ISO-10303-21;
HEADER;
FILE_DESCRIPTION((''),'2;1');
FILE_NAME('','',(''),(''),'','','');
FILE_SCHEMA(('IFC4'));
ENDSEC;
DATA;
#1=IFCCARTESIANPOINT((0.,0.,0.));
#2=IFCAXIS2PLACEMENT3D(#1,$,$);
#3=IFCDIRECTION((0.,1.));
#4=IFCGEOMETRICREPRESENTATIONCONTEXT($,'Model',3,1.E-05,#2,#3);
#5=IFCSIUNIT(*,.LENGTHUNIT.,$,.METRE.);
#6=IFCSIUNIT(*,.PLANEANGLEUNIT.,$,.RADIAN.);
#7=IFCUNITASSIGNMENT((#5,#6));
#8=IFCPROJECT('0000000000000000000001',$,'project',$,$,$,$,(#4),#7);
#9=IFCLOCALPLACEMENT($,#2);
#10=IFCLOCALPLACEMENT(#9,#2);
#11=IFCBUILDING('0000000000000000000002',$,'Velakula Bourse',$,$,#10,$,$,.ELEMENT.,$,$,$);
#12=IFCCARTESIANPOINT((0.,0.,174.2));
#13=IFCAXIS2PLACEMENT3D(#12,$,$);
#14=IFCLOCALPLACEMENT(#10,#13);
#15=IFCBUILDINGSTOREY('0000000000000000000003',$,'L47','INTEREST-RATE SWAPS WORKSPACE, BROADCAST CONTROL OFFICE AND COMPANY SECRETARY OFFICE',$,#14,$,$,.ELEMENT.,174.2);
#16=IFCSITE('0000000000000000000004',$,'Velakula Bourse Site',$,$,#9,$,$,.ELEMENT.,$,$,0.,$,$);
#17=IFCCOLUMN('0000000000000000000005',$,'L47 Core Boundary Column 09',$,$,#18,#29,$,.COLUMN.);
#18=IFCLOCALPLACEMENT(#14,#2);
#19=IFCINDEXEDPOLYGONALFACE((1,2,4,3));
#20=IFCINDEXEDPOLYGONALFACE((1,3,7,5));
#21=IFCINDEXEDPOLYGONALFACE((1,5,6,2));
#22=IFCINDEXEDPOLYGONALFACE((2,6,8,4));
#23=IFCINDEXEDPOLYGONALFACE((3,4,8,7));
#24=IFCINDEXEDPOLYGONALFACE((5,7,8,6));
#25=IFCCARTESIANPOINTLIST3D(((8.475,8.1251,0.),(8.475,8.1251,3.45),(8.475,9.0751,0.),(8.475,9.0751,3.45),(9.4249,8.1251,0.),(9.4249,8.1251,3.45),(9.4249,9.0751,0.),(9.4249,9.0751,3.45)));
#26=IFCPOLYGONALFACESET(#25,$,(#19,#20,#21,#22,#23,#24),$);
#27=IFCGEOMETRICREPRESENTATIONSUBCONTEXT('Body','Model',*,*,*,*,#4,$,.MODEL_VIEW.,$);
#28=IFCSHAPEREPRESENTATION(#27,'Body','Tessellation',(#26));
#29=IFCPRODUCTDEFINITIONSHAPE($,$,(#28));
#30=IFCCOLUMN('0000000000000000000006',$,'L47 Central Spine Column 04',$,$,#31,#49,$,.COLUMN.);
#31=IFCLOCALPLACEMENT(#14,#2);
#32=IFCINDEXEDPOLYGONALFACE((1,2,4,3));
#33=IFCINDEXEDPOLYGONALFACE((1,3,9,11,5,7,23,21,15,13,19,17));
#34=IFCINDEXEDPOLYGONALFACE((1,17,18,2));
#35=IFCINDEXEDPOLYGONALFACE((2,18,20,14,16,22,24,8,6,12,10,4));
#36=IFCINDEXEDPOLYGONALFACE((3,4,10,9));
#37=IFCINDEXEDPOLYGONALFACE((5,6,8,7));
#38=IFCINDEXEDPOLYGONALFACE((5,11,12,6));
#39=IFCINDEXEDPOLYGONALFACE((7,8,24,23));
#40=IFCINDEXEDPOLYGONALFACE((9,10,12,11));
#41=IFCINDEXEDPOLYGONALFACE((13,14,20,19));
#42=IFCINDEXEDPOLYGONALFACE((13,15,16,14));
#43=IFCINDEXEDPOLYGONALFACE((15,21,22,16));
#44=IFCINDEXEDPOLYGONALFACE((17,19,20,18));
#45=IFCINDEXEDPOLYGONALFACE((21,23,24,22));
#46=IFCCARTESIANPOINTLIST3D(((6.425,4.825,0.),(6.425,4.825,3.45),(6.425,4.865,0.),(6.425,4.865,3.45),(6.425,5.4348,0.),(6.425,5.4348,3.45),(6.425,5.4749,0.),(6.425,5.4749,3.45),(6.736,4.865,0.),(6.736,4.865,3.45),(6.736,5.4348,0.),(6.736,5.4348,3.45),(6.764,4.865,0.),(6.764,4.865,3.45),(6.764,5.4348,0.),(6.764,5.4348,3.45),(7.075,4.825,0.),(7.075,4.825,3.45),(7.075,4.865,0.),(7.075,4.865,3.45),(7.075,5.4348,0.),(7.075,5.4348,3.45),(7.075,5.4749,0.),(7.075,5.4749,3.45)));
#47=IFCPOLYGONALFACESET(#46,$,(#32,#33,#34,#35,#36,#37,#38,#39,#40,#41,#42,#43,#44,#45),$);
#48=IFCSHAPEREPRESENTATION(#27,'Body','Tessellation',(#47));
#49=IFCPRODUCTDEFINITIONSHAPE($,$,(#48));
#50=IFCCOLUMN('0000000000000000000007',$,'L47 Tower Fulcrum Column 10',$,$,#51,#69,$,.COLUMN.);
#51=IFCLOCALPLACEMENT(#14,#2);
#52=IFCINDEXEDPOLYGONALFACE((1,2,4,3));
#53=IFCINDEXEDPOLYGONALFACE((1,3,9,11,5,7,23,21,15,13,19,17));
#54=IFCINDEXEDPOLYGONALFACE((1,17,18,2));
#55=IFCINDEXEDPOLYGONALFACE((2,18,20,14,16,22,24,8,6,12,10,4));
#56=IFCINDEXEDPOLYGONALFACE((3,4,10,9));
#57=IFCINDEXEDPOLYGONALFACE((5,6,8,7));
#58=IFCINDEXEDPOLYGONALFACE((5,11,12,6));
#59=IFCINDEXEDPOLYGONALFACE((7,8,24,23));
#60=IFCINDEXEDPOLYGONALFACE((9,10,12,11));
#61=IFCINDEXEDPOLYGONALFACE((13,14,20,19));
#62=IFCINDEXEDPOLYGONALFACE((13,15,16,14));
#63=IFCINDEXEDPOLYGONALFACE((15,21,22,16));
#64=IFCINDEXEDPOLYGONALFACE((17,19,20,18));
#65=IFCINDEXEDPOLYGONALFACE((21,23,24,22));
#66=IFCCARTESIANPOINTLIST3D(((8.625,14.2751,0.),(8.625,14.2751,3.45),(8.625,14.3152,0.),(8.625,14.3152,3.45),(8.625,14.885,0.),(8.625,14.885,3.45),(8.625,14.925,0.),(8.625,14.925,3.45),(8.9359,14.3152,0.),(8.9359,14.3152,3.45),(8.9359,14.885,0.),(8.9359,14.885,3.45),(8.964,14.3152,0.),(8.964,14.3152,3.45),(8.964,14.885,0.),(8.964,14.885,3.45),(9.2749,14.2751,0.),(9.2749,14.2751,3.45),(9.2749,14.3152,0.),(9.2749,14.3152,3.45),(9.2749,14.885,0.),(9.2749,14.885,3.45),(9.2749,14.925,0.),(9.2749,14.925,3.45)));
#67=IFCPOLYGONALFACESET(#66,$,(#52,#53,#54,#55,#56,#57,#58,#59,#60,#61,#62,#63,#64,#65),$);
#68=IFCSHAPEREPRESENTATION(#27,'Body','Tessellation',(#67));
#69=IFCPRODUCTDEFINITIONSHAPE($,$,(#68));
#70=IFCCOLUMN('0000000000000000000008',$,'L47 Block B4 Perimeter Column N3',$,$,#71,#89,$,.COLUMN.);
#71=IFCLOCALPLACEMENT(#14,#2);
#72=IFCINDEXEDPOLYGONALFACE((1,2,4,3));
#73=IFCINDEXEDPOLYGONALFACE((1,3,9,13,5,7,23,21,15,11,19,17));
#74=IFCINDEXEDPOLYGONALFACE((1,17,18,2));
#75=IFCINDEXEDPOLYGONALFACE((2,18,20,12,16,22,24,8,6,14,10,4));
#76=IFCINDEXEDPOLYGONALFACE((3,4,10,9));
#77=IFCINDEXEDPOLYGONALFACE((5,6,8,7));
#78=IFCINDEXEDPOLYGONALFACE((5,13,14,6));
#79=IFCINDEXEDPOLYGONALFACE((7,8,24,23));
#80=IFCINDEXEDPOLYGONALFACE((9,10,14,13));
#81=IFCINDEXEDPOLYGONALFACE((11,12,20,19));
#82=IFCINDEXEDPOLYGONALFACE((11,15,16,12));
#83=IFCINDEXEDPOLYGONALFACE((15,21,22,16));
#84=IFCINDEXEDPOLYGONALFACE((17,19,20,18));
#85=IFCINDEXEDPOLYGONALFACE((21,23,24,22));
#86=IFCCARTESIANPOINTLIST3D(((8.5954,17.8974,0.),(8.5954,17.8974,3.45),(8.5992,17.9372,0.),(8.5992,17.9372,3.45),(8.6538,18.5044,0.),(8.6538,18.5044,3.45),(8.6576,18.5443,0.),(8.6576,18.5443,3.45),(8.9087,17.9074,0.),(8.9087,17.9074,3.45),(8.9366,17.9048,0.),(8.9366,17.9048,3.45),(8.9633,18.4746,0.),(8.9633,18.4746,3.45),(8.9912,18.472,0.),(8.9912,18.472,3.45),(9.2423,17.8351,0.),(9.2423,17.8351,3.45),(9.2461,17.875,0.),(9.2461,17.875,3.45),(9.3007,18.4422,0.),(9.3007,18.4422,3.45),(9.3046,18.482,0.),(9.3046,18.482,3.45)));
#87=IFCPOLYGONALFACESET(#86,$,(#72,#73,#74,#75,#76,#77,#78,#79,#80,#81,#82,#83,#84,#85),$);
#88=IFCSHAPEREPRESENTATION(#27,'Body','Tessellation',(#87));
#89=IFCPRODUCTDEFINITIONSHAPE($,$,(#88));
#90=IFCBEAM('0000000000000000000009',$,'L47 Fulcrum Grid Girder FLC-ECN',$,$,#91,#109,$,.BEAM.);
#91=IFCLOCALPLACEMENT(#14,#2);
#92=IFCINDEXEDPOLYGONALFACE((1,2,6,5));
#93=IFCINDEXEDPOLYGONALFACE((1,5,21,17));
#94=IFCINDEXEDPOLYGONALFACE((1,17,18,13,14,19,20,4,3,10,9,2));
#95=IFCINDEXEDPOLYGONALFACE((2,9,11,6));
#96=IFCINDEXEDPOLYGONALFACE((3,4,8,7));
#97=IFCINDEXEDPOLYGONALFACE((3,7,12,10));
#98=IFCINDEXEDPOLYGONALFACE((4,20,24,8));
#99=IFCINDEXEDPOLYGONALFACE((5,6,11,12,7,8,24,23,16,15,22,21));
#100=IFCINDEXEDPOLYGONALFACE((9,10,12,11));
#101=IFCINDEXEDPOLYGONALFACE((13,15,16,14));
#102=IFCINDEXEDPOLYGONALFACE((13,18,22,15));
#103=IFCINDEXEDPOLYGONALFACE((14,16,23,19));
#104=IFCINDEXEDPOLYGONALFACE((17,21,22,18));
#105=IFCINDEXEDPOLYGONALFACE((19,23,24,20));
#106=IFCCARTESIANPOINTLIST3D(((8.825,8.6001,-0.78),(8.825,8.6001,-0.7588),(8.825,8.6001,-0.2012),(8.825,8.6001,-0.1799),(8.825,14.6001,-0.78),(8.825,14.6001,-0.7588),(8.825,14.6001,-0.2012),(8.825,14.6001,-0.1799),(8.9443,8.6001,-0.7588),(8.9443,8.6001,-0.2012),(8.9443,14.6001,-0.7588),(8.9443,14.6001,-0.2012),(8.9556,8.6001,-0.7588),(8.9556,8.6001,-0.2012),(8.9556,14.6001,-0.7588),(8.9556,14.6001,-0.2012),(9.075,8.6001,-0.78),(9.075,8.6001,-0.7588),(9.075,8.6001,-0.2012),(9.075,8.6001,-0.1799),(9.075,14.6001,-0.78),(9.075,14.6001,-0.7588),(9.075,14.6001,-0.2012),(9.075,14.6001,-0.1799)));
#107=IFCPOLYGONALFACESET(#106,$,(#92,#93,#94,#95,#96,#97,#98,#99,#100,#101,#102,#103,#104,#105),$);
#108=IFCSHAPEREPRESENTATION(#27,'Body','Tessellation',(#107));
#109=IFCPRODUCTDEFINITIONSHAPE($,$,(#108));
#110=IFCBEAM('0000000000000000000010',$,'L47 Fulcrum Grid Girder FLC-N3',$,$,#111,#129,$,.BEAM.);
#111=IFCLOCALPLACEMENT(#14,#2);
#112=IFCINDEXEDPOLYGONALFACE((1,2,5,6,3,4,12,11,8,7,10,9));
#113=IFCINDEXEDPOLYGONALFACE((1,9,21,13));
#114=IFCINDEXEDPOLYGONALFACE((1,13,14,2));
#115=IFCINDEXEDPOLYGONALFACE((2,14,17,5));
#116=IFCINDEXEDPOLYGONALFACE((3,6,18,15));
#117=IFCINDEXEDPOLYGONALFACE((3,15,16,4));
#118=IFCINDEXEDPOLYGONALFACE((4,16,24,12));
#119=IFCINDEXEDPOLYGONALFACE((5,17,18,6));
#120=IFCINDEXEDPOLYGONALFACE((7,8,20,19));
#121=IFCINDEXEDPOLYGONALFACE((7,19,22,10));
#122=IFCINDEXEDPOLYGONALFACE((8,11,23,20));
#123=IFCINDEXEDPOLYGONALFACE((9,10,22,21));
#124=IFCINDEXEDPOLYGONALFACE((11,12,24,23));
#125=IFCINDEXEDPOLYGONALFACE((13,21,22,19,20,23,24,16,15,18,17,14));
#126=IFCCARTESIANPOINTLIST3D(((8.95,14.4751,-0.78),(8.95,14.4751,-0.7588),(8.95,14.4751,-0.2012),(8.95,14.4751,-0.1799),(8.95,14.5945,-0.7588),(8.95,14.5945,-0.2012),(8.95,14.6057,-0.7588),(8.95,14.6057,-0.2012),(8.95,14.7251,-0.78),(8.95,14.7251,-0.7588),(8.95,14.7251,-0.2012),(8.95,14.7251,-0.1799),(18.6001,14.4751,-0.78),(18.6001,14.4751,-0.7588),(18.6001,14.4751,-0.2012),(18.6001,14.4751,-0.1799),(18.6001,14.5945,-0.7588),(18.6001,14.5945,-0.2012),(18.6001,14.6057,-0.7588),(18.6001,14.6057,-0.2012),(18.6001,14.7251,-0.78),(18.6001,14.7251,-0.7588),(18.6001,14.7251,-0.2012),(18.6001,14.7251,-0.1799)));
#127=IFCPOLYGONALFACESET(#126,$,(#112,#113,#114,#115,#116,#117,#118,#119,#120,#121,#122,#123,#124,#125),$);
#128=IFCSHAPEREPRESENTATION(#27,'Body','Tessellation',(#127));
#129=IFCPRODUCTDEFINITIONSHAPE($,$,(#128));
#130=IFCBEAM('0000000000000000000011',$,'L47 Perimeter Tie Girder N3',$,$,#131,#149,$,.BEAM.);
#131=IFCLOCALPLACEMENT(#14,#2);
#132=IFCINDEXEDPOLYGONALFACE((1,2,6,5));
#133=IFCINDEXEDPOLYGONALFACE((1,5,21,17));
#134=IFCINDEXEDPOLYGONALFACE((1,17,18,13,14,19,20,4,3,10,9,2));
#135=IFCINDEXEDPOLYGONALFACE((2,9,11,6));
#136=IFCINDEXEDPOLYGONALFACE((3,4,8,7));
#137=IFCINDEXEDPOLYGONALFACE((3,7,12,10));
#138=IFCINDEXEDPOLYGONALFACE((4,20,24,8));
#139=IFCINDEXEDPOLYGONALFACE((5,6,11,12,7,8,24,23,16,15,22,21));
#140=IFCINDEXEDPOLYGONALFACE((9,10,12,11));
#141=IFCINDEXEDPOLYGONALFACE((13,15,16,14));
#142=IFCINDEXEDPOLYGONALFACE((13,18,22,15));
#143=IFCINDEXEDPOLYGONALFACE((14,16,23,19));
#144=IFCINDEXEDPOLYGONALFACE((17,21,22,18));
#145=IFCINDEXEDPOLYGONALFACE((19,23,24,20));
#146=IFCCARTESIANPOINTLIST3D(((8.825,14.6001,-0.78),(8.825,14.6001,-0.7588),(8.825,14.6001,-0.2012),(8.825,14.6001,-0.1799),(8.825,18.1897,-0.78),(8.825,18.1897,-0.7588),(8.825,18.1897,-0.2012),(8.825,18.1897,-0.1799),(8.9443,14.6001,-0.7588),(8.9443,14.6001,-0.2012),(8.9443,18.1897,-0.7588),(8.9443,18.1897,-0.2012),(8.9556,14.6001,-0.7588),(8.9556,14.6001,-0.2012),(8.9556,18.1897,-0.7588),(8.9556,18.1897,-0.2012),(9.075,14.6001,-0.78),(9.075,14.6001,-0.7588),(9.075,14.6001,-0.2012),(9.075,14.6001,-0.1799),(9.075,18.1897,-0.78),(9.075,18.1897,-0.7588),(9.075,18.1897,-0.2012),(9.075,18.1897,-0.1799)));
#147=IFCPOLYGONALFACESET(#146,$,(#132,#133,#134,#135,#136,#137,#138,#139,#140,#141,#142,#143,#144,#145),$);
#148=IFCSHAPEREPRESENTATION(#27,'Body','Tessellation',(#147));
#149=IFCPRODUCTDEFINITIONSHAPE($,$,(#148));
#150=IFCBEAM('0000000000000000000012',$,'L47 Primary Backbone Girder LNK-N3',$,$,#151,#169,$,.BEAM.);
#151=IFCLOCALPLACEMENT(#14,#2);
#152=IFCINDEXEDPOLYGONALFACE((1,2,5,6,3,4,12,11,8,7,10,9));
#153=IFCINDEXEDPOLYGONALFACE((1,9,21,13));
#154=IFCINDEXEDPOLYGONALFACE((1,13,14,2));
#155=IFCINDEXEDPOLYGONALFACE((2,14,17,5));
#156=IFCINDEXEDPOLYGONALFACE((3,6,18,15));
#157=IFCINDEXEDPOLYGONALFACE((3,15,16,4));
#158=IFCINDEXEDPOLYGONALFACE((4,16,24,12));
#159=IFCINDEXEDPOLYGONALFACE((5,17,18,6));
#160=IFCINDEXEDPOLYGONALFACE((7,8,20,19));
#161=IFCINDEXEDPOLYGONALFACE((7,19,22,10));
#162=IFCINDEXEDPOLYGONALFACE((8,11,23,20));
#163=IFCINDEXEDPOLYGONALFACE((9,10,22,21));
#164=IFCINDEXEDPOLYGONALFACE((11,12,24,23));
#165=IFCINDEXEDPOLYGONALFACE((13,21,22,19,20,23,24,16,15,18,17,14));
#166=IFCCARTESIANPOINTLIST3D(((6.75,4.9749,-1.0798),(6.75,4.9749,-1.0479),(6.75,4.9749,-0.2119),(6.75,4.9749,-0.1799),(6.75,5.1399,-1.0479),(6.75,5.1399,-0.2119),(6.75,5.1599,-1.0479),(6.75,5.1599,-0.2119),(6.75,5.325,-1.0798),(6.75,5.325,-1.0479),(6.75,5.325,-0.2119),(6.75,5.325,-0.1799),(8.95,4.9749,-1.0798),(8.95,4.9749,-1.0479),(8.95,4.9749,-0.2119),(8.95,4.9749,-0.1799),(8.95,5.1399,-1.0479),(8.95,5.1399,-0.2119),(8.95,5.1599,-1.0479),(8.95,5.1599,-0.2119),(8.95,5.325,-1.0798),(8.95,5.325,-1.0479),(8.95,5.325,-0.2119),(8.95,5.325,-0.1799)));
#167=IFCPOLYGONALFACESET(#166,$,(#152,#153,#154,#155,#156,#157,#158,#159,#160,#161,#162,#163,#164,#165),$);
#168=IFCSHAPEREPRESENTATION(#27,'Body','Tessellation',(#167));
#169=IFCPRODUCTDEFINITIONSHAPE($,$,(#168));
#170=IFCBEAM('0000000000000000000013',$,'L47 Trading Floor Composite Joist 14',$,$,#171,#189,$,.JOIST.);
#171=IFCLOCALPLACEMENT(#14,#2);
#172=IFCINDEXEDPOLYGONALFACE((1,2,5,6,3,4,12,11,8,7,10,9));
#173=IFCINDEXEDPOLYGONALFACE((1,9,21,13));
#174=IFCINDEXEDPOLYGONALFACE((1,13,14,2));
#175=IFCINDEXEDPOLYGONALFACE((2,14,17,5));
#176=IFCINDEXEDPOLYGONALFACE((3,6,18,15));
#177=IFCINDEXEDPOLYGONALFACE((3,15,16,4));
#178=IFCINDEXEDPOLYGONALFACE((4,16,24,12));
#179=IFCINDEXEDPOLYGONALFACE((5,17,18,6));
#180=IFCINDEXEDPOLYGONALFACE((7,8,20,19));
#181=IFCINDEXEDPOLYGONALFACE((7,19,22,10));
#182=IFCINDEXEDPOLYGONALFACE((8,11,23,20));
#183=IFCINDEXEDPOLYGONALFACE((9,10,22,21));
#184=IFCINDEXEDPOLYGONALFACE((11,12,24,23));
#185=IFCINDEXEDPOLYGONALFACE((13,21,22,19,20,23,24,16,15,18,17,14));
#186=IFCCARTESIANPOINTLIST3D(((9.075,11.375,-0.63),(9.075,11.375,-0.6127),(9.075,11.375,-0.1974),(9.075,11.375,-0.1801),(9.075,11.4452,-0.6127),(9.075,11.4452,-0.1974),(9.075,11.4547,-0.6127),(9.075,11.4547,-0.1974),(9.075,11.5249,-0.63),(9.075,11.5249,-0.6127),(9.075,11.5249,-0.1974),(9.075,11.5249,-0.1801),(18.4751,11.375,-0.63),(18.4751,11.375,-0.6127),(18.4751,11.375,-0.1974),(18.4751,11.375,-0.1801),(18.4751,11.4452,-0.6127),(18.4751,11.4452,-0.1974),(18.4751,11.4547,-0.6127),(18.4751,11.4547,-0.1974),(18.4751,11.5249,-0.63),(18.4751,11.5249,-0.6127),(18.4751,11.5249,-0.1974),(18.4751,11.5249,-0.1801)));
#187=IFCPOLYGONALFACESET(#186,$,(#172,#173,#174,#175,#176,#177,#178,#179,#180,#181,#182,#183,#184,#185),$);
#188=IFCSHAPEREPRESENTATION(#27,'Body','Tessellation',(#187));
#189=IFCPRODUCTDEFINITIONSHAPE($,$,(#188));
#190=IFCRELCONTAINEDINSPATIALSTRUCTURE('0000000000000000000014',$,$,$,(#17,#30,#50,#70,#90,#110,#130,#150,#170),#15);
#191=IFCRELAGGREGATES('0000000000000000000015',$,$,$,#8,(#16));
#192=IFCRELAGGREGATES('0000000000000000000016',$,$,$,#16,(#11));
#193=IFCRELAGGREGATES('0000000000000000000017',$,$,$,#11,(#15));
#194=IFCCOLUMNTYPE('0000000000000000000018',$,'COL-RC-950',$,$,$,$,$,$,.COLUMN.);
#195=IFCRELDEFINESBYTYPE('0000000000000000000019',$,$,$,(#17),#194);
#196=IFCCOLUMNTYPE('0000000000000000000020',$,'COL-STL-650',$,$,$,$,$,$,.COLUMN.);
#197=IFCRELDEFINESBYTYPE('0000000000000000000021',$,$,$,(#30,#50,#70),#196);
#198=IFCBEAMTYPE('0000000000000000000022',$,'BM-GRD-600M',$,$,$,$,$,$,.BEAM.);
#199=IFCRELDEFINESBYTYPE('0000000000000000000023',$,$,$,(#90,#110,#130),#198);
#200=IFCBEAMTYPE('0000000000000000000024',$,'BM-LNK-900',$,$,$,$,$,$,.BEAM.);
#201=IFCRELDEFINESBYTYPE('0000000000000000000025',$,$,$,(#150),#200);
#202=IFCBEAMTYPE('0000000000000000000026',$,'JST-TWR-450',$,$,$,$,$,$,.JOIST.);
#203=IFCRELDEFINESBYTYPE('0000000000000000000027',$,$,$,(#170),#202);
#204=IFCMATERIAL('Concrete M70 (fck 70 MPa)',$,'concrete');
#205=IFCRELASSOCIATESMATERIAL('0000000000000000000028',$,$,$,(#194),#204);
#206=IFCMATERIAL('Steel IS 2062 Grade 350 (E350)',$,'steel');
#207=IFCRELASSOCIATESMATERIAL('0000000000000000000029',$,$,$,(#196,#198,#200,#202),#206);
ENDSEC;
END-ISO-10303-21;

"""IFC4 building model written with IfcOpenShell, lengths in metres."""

from ifc_helpers import new_model, si_unit, direction, frame, origin, origin_2d, place, context, subcontext, project, spatial, rectangle, i_section, extrude, material, material_profile, profile_set, type_object, element, save


model = new_model("IFC4")

# Units and contexts
model_context = context("Model", 3, precision=1e-05, world=origin(), true_north=direction((0.0, 1.0)))
body_context = subcontext(model_context, "Body", "Model", "MODEL_VIEW")
ifc_project = project(units=[si_unit("LENGTHUNIT", "METRE"), si_unit("PLANEANGLEUNIT", "RADIAN")], contexts=[model_context])

# Site, building, storey
site_placement = place(None, origin())
site = spatial("IfcSite", under=ifc_project, at=site_placement, Name="Velakula Bourse Site", CompositionType="ELEMENT", RefElevation=0.0)
building_placement = place(site_placement, origin())
building = spatial("IfcBuilding", under=site, at=building_placement, Name="Velakula Bourse", CompositionType="ELEMENT")
storey_placement = place(building_placement, frame((0.0, 0.0, 174.2)))
storey = spatial("IfcBuildingStorey", under=building, at=storey_placement, Name="L47", Description="INTEREST-RATE SWAPS WORKSPACE, BROADCAST CONTROL OFFICE AND COMPANY SECRETARY OFFICE", CompositionType="ELEMENT", Elevation=174.2)

# Columns
ifc_material_1 = material(Name="Concrete M70 (fck 70 MPa)", Category="concrete")
ifc_material_profile_1 = material_profile(ifc_material_1, rectangle(XDim=0.95, YDim=0.95, at=origin_2d()), Name="Concrete M70 (fck 70 MPa)")
ifc_profile_set_1 = profile_set([ifc_material_profile_1], Name="Concrete M70 (fck 70 MPa)")
column_type_1 = type_object("IfcColumnType", Name="COL-RC-950", PredefinedType="COLUMN", material=ifc_profile_set_1)
column_placement = place(storey_placement, frame((8.95, 8.6001, 0.0), z_axis=(0.0, 0.0, 1.0), x_axis=(1.0, 0.0, 0.0)))
element("IfcColumn", 1, at=column_placement, inside=storey, type_object=column_type_1, Name="L47 Core Boundary Column 09", PredefinedType="COLUMN", context=body_context, shape_type="SweptSolid", body=[
    extrude(rectangle(XDim=0.95, YDim=0.95, at=origin_2d()), origin(), (0.0, 0.0, 1.0), 3.45),
])
ifc_material_2 = material(Name="Steel IS 2062 Grade 350 (E350)", Category="steel")
ifc_material_profile_2 = material_profile(ifc_material_2, i_section(OverallWidth=0.6499, OverallDepth=0.6499, WebThickness=0.0281, FlangeThickness=0.04, at=origin_2d()), Name="Steel IS 2062 Grade 350 (E350)")
ifc_profile_set_2 = profile_set([ifc_material_profile_2], Name="Steel IS 2062 Grade 350 (E350)")
column_type_2 = type_object("IfcColumnType", Name="COL-STL-650", PredefinedType="COLUMN", material=ifc_profile_set_2)
for number, where, z_axis, x_axis, name in (
    (2, (6.75, 5.1499, 0.0), (0.0, 0.0, 1.0), (1.0, 0.0, 0.0), "L47 Central Spine Column 04"),
    (3, (8.95, 14.6001, 0.0), (0.0, 0.0, 1.0), (1.0, 0.0, 0.0), "L47 Tower Fulcrum Column 10"),
    (4, (8.95, 18.1897, 0.0), (0.0, 0.0, 1.0), (0.995396, -0.095846, 0.0), "L47 Block B4 Perimeter Column N3"),
):
    element("IfcColumn", number, at=place(storey_placement, frame(where, z_axis=z_axis, x_axis=x_axis)), inside=storey, type_object=column_type_2, Name=name, PredefinedType="COLUMN", context=body_context, shape_type="SweptSolid", body=[
        extrude(i_section(OverallWidth=0.6499, OverallDepth=0.6499, WebThickness=0.0281, FlangeThickness=0.04, at=origin_2d()), origin(), (0.0, 0.0, 1.0), 3.45),
    ])

# Beams
ifc_material_profile_3 = material_profile(ifc_material_2, i_section(OverallWidth=0.25, OverallDepth=0.6001, WebThickness=0.0112, FlangeThickness=0.0212, at=origin_2d()), Name="Steel IS 2062 Grade 350 (E350)")
ifc_profile_set_3 = profile_set([ifc_material_profile_3], Name="Steel IS 2062 Grade 350 (E350)")
beam_type_1 = type_object("IfcBeamType", Name="BM-GRD-600M", PredefinedType="BEAM", material=ifc_profile_set_3)
beam_1_placement = place(storey_placement, frame((8.95, 8.6001, -0.48), z_axis=(0.0, 1.0, 0.0), x_axis=(-1.0, 0.0, 0.0)))
element("IfcBeam", 5, at=beam_1_placement, inside=storey, type_object=beam_type_1, Name="L47 Fulcrum Grid Girder FLC-ECN", PredefinedType="BEAM", context=body_context, shape_type="SweptSolid", body=[
    extrude(i_section(OverallWidth=0.25, OverallDepth=0.6001, WebThickness=0.0112, FlangeThickness=0.0212, at=origin_2d()), origin(), (0.0, 0.0, 1.0), 6.0),
])
beam_2_placement = place(storey_placement, frame((8.95, 14.6001, -0.48), z_axis=(1.0, 0.0, 0.0), x_axis=(0.0, 1.0, 0.0)))
element("IfcBeam", 6, at=beam_2_placement, inside=storey, type_object=beam_type_1, Name="L47 Fulcrum Grid Girder FLC-N3", PredefinedType="BEAM", context=body_context, shape_type="SweptSolid", body=[
    extrude(i_section(OverallWidth=0.25, OverallDepth=0.6001, WebThickness=0.0112, FlangeThickness=0.0212, at=origin_2d()), origin(), (0.0, 0.0, 1.0), 9.6501),
])
beam_3_placement = place(storey_placement, frame((8.95, 14.6001, -0.48), z_axis=(0.0, 1.0, 0.0), x_axis=(-1.0, 0.0, 0.0)))
element("IfcBeam", 7, at=beam_3_placement, inside=storey, type_object=beam_type_1, Name="L47 Perimeter Tie Girder N3", PredefinedType="BEAM", context=body_context, shape_type="SweptSolid", body=[
    extrude(i_section(OverallWidth=0.25, OverallDepth=0.6001, WebThickness=0.0112, FlangeThickness=0.0212, at=origin_2d()), origin(), (0.0, 0.0, 1.0), 3.5896),
])
ifc_material_profile_4 = material_profile(ifc_material_2, i_section(OverallWidth=0.3501, OverallDepth=0.8999, WebThickness=0.02, FlangeThickness=0.032, at=origin_2d()), Name="Steel IS 2062 Grade 350 (E350)")
ifc_profile_set_4 = profile_set([ifc_material_profile_4], Name="Steel IS 2062 Grade 350 (E350)")
beam_type_2 = type_object("IfcBeamType", Name="BM-LNK-900", PredefinedType="BEAM", material=ifc_profile_set_4)
beam_4_placement = place(storey_placement, frame((6.75, 5.1499, -0.6299), z_axis=(1.0, 0.0, 0.0), x_axis=(0.0, 1.0, 0.0)))
element("IfcBeam", 8, at=beam_4_placement, inside=storey, type_object=beam_type_2, Name="L47 Primary Backbone Girder LNK-N3", PredefinedType="BEAM", context=body_context, shape_type="SweptSolid", body=[
    extrude(i_section(OverallWidth=0.3501, OverallDepth=0.8999, WebThickness=0.02, FlangeThickness=0.032, at=origin_2d()), origin(), (0.0, 0.0, 1.0), 2.2),
])
ifc_material_profile_5 = material_profile(ifc_material_2, i_section(OverallWidth=0.1499, OverallDepth=0.45, WebThickness=0.0095, FlangeThickness=0.0173, at=origin_2d()), Name="Steel IS 2062 Grade 350 (E350)")
ifc_profile_set_5 = profile_set([ifc_material_profile_5], Name="Steel IS 2062 Grade 350 (E350)")
beam_type_3 = type_object("IfcBeamType", Name="JST-TWR-450", PredefinedType="JOIST", material=ifc_profile_set_5)
beam_5_placement = place(storey_placement, frame((9.075, 11.45, -0.405), z_axis=(1.0, 0.0, 0.0), x_axis=(0.0, 1.0, 0.0)))
element("IfcBeam", 9, at=beam_5_placement, inside=storey, type_object=beam_type_3, Name="L47 Trading Floor Composite Joist 14", PredefinedType="JOIST", context=body_context, shape_type="SweptSolid", body=[
    extrude(i_section(OverallWidth=0.1499, OverallDepth=0.45, WebThickness=0.0095, FlangeThickness=0.0173, at=origin_2d()), origin(), (0.0, 0.0, 1.0), 9.4001),
])

save(model, "model.ifc")
